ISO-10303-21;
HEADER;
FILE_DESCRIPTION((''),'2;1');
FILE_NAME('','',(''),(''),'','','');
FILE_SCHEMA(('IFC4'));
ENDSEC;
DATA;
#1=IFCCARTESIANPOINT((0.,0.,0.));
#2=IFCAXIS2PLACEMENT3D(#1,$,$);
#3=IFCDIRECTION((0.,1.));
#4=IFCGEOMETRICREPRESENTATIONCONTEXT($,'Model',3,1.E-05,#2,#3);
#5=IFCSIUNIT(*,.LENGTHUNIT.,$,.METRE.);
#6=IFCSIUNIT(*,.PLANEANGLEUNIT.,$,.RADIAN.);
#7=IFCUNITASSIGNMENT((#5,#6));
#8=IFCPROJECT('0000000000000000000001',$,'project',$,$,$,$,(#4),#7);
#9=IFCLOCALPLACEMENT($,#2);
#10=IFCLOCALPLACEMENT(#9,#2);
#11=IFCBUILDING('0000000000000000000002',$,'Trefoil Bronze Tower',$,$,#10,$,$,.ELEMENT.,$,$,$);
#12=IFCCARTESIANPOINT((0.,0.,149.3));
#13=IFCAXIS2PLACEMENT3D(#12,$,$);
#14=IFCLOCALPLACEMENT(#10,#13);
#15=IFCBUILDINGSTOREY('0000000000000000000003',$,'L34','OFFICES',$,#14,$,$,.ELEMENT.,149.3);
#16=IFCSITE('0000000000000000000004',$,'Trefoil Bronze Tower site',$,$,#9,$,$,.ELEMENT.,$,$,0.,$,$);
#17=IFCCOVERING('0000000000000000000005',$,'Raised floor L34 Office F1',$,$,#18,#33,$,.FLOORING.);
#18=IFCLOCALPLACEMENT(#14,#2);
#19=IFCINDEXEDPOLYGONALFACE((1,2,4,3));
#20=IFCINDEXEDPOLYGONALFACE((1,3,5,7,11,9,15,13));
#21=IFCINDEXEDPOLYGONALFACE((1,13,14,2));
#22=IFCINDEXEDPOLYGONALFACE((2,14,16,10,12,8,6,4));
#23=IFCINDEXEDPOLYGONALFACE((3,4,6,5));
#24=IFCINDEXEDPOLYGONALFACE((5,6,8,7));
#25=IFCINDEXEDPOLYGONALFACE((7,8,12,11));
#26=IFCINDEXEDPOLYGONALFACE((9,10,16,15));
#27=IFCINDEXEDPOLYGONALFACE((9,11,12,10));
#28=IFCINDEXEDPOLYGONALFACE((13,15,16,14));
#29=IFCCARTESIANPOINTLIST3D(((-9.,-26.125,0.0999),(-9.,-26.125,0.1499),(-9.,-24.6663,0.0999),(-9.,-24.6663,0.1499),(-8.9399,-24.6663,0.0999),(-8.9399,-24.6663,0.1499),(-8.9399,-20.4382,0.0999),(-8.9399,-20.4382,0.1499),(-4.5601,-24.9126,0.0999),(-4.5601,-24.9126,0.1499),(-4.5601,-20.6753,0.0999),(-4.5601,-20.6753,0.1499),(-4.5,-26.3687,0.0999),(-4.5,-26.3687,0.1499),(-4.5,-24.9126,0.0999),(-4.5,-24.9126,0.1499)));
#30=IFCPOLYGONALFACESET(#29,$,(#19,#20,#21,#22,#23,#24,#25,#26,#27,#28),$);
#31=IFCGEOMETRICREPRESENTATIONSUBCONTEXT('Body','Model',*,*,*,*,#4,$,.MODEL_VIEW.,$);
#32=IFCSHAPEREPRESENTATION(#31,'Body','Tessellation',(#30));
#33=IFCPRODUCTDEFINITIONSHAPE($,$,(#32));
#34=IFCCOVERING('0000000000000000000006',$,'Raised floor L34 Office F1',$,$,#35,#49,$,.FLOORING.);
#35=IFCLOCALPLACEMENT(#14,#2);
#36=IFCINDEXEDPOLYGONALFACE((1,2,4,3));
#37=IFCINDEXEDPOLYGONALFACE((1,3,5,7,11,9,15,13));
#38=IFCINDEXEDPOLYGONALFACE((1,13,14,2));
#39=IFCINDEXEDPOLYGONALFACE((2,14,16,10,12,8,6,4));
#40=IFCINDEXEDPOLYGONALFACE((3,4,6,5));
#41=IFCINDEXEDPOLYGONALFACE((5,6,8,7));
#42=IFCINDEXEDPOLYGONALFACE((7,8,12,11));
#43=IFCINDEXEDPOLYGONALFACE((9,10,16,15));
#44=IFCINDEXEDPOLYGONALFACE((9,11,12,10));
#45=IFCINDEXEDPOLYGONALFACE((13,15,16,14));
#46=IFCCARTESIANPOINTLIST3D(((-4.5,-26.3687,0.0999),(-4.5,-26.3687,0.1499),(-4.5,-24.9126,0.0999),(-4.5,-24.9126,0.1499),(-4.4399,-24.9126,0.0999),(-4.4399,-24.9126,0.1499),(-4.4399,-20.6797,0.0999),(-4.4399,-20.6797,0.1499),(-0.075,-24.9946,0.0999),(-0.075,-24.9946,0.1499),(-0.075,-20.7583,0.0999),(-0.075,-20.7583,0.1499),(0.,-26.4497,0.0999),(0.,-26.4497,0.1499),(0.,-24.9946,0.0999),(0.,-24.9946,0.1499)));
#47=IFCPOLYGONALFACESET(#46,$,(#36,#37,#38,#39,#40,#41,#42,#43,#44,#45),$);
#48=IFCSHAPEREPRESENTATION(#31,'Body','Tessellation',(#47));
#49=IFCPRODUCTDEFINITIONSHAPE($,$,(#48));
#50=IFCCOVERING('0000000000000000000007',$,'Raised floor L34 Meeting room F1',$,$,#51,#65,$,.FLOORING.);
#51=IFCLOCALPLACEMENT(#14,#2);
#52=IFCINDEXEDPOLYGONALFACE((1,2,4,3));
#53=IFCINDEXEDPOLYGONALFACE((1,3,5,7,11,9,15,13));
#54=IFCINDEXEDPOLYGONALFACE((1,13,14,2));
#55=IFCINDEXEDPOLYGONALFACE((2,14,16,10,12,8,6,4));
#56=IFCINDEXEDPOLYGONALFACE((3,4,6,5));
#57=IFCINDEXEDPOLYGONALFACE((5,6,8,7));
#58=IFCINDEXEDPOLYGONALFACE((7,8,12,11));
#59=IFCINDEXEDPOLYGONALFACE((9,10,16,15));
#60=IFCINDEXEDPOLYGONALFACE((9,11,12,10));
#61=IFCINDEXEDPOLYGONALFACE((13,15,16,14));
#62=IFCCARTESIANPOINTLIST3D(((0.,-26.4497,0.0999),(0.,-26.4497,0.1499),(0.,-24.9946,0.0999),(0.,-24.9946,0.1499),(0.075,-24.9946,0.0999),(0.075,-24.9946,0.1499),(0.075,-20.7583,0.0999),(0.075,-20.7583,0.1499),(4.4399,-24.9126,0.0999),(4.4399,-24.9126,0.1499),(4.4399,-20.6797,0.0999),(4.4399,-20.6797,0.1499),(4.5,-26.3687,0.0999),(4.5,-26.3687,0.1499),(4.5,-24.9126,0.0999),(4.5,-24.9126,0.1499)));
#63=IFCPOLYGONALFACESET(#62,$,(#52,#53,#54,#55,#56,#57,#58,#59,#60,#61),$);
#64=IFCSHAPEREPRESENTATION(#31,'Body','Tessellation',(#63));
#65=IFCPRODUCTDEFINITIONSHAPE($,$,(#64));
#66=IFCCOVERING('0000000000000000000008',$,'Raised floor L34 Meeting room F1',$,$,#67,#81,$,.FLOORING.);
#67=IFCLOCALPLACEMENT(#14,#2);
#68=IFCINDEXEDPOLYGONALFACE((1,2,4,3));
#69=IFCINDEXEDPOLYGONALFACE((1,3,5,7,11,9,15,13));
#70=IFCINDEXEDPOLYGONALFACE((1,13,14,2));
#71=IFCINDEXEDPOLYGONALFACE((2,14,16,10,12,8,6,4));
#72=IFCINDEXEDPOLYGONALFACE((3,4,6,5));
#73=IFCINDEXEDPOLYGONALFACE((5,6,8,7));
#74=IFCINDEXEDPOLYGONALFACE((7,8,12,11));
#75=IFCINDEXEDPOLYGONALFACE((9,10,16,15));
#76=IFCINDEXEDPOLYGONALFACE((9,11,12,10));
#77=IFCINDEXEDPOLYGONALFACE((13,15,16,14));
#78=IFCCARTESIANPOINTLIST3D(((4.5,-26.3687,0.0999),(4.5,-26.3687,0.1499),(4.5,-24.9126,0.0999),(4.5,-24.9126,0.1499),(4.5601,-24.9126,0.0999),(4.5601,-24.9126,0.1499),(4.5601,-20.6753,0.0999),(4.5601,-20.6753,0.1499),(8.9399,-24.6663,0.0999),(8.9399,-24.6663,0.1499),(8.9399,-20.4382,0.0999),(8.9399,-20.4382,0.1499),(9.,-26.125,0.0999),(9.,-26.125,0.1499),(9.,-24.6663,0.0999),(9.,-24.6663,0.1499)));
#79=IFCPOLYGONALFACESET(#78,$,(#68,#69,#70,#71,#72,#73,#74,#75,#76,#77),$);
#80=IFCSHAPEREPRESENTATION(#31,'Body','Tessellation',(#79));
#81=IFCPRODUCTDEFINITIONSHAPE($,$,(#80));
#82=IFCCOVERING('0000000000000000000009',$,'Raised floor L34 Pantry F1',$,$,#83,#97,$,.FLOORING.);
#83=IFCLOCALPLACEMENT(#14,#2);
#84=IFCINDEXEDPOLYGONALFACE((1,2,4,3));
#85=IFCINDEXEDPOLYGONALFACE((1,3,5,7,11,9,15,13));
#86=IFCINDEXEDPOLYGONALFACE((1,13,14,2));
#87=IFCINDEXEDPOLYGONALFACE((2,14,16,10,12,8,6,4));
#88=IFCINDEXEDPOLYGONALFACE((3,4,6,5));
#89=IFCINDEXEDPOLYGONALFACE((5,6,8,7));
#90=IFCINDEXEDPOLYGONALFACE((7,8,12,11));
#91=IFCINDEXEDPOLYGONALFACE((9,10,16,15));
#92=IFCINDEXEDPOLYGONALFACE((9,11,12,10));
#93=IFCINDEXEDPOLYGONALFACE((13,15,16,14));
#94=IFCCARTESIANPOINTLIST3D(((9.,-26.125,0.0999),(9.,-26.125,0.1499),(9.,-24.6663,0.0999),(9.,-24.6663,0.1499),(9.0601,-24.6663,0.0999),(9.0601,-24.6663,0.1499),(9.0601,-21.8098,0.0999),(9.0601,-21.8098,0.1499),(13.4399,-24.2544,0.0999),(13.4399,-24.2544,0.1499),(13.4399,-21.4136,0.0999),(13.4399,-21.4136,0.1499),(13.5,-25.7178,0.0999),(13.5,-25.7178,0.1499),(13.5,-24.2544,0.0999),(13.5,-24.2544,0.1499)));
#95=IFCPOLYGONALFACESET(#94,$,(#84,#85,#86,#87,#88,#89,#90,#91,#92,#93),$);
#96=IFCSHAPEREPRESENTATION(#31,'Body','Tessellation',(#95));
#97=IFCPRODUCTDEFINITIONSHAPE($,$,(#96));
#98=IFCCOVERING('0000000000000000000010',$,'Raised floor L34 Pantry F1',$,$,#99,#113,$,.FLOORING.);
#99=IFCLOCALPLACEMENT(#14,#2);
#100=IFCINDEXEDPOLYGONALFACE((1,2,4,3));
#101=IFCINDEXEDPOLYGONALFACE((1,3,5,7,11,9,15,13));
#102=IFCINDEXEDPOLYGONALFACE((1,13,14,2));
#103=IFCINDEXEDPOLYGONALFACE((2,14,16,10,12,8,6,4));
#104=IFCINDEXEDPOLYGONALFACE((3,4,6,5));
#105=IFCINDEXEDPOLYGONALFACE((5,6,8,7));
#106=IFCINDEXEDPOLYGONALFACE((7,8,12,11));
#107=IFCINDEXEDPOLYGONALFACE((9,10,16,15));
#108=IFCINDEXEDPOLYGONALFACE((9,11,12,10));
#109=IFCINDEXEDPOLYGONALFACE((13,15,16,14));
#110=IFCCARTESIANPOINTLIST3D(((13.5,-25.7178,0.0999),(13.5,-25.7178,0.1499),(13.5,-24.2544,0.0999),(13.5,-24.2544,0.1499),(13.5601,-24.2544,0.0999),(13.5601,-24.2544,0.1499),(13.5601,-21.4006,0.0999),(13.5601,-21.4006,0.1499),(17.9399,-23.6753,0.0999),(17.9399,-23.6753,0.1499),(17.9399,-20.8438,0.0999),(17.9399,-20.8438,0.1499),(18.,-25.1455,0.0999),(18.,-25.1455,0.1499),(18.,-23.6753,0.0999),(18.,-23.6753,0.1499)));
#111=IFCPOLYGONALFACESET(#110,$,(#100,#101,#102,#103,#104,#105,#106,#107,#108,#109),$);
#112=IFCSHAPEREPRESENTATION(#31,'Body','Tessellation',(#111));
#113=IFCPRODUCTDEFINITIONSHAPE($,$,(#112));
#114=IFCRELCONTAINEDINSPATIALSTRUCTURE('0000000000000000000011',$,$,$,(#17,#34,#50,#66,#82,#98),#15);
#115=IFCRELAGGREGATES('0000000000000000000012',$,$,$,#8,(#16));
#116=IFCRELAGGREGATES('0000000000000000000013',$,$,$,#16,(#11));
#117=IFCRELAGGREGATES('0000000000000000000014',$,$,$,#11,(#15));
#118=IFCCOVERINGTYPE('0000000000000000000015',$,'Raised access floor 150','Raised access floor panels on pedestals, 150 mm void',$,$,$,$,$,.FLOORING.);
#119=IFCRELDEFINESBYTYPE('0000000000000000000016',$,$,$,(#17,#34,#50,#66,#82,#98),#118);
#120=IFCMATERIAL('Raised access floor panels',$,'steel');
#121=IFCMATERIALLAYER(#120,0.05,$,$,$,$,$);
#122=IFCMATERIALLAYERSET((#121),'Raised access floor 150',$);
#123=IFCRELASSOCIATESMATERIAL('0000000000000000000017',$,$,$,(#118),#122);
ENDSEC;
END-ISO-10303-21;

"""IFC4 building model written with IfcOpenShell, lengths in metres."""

from ifc_helpers import new_model, si_unit, direction, frame, origin, place, context, subcontext, project, spatial, polyline, outline, extrude, material, layer, layer_set, type_object, element, save


model = new_model("IFC4")

# Units and contexts
model_context = context("Model", 3, precision=1e-05, world=origin(), true_north=direction((0.0, 1.0)))
body_context = subcontext(model_context, "Body", "Model", "MODEL_VIEW")
ifc_project = project(units=[si_unit("LENGTHUNIT", "METRE"), si_unit("PLANEANGLEUNIT", "RADIAN")], contexts=[model_context])

# Site, building, storey
site_placement = place(None, origin())
site = spatial("IfcSite", under=ifc_project, at=site_placement, Name="Trefoil Bronze Tower site", CompositionType="ELEMENT", RefElevation=0.0)
building_placement = place(site_placement, origin())
building = spatial("IfcBuilding", under=site, at=building_placement, Name="Trefoil Bronze Tower", CompositionType="ELEMENT")
storey_placement = place(building_placement, frame((0.0, 0.0, 149.3)))
storey = spatial("IfcBuildingStorey", under=building, at=storey_placement, Name="L34", Description="OFFICES", CompositionType="ELEMENT", Elevation=149.3)

# Coverings
ifc_material_1 = material(Name="Raised access floor panels", Category="steel")
ifc_layer_1 = layer(ifc_material_1, 0.05)
ifc_layer_set_1 = layer_set([ifc_layer_1], Name="Raised access floor 150")
covering_type_1 = type_object("IfcCoveringType", Name="Raised access floor 150", Description="Raised access floor panels on pedestals, 150 mm void", PredefinedType="FLOORING", material=ifc_layer_set_1)
covering_1_placement = place(storey_placement, frame((0.0, 0.0, 0.0999)))
element("IfcCovering", 1, at=covering_1_placement, inside=storey, type_object=covering_type_1, Name="Raised floor L34 Office F1", PredefinedType="FLOORING", context=body_context, shape_type="SweptSolid", body=[
    extrude(outline(polyline([(-4.5, -26.3687), (-9.0, -26.125), (-9.0, -24.6663), (-8.9399, -24.6663), (-8.9399, -20.4382), (-4.5601, -20.6753), (-4.5601, -24.9126), (-4.5, -24.9126), (-4.5, -26.3687)])), origin(), (0.0, 0.0, 1.0), 0.05),
])
covering_2_placement = place(storey_placement, frame((0.0, 0.0, 0.0999)))
element("IfcCovering", 2, at=covering_2_placement, inside=storey, type_object=covering_type_1, Name="Raised floor L34 Office F1", PredefinedType="FLOORING", context=body_context, shape_type="SweptSolid", body=[
    extrude(outline(polyline([(0.0, -26.4497), (-4.5, -26.3687), (-4.5, -24.9126), (-4.4399, -24.9126), (-4.4399, -20.6797), (-0.075, -20.7583), (-0.075, -24.9946), (0.0, -24.9946), (0.0, -26.4497)])), origin(), (0.0, 0.0, 1.0), 0.05),
])
covering_3_placement = place(storey_placement, frame((0.0, 0.0, 0.0999)))
element("IfcCovering", 3, at=covering_3_placement, inside=storey, type_object=covering_type_1, Name="Raised floor L34 Meeting room F1", PredefinedType="FLOORING", context=body_context, shape_type="SweptSolid", body=[
    extrude(outline(polyline([(4.5, -26.3687), (0.0, -26.4497), (0.0, -24.9946), (0.075, -24.9946), (0.075, -20.7583), (4.4399, -20.6797), (4.4399, -24.9126), (4.5, -24.9126), (4.5, -26.3687)])), origin(), (0.0, 0.0, 1.0), 0.05),
])
covering_4_placement = place(storey_placement, frame((0.0, 0.0, 0.0999)))
element("IfcCovering", 4, at=covering_4_placement, inside=storey, type_object=covering_type_1, Name="Raised floor L34 Meeting room F1", PredefinedType="FLOORING", context=body_context, shape_type="SweptSolid", body=[
    extrude(outline(polyline([(9.0, -26.125), (4.5, -26.3687), (4.5, -24.9126), (4.5601, -24.9126), (4.5601, -20.6753), (8.9399, -20.4382), (8.9399, -24.6663), (9.0, -24.6663), (9.0, -26.125)])), origin(), (0.0, 0.0, 1.0), 0.05),
])
covering_5_placement = place(storey_placement, frame((0.0, 0.0, 0.0999)))
element("IfcCovering", 5, at=covering_5_placement, inside=storey, type_object=covering_type_1, Name="Raised floor L34 Pantry F1", PredefinedType="FLOORING", context=body_context, shape_type="SweptSolid", body=[
    extrude(outline(polyline([(13.5, -25.7178), (9.0, -26.125), (9.0, -24.6663), (9.0601, -24.6663), (9.0601, -21.8098), (13.4399, -21.4136), (13.4399, -24.2544), (13.5, -24.2544), (13.5, -25.7178)])), origin(), (0.0, 0.0, 1.0), 0.05),
])
covering_6_placement = place(storey_placement, frame((0.0, 0.0, 0.0999)))
element("IfcCovering", 6, at=covering_6_placement, inside=storey, type_object=covering_type_1, Name="Raised floor L34 Pantry F1", PredefinedType="FLOORING", context=body_context, shape_type="SweptSolid", body=[
    extrude(outline(polyline([(18.0, -25.1455), (13.5, -25.7178), (13.5, -24.2544), (13.5601, -24.2544), (13.5601, -21.4006), (17.9399, -20.8438), (17.9399, -23.6753), (18.0, -23.6753), (18.0, -25.1455)])), origin(), (0.0, 0.0, 1.0), 0.05),
])

save(model, "model.ifc")
